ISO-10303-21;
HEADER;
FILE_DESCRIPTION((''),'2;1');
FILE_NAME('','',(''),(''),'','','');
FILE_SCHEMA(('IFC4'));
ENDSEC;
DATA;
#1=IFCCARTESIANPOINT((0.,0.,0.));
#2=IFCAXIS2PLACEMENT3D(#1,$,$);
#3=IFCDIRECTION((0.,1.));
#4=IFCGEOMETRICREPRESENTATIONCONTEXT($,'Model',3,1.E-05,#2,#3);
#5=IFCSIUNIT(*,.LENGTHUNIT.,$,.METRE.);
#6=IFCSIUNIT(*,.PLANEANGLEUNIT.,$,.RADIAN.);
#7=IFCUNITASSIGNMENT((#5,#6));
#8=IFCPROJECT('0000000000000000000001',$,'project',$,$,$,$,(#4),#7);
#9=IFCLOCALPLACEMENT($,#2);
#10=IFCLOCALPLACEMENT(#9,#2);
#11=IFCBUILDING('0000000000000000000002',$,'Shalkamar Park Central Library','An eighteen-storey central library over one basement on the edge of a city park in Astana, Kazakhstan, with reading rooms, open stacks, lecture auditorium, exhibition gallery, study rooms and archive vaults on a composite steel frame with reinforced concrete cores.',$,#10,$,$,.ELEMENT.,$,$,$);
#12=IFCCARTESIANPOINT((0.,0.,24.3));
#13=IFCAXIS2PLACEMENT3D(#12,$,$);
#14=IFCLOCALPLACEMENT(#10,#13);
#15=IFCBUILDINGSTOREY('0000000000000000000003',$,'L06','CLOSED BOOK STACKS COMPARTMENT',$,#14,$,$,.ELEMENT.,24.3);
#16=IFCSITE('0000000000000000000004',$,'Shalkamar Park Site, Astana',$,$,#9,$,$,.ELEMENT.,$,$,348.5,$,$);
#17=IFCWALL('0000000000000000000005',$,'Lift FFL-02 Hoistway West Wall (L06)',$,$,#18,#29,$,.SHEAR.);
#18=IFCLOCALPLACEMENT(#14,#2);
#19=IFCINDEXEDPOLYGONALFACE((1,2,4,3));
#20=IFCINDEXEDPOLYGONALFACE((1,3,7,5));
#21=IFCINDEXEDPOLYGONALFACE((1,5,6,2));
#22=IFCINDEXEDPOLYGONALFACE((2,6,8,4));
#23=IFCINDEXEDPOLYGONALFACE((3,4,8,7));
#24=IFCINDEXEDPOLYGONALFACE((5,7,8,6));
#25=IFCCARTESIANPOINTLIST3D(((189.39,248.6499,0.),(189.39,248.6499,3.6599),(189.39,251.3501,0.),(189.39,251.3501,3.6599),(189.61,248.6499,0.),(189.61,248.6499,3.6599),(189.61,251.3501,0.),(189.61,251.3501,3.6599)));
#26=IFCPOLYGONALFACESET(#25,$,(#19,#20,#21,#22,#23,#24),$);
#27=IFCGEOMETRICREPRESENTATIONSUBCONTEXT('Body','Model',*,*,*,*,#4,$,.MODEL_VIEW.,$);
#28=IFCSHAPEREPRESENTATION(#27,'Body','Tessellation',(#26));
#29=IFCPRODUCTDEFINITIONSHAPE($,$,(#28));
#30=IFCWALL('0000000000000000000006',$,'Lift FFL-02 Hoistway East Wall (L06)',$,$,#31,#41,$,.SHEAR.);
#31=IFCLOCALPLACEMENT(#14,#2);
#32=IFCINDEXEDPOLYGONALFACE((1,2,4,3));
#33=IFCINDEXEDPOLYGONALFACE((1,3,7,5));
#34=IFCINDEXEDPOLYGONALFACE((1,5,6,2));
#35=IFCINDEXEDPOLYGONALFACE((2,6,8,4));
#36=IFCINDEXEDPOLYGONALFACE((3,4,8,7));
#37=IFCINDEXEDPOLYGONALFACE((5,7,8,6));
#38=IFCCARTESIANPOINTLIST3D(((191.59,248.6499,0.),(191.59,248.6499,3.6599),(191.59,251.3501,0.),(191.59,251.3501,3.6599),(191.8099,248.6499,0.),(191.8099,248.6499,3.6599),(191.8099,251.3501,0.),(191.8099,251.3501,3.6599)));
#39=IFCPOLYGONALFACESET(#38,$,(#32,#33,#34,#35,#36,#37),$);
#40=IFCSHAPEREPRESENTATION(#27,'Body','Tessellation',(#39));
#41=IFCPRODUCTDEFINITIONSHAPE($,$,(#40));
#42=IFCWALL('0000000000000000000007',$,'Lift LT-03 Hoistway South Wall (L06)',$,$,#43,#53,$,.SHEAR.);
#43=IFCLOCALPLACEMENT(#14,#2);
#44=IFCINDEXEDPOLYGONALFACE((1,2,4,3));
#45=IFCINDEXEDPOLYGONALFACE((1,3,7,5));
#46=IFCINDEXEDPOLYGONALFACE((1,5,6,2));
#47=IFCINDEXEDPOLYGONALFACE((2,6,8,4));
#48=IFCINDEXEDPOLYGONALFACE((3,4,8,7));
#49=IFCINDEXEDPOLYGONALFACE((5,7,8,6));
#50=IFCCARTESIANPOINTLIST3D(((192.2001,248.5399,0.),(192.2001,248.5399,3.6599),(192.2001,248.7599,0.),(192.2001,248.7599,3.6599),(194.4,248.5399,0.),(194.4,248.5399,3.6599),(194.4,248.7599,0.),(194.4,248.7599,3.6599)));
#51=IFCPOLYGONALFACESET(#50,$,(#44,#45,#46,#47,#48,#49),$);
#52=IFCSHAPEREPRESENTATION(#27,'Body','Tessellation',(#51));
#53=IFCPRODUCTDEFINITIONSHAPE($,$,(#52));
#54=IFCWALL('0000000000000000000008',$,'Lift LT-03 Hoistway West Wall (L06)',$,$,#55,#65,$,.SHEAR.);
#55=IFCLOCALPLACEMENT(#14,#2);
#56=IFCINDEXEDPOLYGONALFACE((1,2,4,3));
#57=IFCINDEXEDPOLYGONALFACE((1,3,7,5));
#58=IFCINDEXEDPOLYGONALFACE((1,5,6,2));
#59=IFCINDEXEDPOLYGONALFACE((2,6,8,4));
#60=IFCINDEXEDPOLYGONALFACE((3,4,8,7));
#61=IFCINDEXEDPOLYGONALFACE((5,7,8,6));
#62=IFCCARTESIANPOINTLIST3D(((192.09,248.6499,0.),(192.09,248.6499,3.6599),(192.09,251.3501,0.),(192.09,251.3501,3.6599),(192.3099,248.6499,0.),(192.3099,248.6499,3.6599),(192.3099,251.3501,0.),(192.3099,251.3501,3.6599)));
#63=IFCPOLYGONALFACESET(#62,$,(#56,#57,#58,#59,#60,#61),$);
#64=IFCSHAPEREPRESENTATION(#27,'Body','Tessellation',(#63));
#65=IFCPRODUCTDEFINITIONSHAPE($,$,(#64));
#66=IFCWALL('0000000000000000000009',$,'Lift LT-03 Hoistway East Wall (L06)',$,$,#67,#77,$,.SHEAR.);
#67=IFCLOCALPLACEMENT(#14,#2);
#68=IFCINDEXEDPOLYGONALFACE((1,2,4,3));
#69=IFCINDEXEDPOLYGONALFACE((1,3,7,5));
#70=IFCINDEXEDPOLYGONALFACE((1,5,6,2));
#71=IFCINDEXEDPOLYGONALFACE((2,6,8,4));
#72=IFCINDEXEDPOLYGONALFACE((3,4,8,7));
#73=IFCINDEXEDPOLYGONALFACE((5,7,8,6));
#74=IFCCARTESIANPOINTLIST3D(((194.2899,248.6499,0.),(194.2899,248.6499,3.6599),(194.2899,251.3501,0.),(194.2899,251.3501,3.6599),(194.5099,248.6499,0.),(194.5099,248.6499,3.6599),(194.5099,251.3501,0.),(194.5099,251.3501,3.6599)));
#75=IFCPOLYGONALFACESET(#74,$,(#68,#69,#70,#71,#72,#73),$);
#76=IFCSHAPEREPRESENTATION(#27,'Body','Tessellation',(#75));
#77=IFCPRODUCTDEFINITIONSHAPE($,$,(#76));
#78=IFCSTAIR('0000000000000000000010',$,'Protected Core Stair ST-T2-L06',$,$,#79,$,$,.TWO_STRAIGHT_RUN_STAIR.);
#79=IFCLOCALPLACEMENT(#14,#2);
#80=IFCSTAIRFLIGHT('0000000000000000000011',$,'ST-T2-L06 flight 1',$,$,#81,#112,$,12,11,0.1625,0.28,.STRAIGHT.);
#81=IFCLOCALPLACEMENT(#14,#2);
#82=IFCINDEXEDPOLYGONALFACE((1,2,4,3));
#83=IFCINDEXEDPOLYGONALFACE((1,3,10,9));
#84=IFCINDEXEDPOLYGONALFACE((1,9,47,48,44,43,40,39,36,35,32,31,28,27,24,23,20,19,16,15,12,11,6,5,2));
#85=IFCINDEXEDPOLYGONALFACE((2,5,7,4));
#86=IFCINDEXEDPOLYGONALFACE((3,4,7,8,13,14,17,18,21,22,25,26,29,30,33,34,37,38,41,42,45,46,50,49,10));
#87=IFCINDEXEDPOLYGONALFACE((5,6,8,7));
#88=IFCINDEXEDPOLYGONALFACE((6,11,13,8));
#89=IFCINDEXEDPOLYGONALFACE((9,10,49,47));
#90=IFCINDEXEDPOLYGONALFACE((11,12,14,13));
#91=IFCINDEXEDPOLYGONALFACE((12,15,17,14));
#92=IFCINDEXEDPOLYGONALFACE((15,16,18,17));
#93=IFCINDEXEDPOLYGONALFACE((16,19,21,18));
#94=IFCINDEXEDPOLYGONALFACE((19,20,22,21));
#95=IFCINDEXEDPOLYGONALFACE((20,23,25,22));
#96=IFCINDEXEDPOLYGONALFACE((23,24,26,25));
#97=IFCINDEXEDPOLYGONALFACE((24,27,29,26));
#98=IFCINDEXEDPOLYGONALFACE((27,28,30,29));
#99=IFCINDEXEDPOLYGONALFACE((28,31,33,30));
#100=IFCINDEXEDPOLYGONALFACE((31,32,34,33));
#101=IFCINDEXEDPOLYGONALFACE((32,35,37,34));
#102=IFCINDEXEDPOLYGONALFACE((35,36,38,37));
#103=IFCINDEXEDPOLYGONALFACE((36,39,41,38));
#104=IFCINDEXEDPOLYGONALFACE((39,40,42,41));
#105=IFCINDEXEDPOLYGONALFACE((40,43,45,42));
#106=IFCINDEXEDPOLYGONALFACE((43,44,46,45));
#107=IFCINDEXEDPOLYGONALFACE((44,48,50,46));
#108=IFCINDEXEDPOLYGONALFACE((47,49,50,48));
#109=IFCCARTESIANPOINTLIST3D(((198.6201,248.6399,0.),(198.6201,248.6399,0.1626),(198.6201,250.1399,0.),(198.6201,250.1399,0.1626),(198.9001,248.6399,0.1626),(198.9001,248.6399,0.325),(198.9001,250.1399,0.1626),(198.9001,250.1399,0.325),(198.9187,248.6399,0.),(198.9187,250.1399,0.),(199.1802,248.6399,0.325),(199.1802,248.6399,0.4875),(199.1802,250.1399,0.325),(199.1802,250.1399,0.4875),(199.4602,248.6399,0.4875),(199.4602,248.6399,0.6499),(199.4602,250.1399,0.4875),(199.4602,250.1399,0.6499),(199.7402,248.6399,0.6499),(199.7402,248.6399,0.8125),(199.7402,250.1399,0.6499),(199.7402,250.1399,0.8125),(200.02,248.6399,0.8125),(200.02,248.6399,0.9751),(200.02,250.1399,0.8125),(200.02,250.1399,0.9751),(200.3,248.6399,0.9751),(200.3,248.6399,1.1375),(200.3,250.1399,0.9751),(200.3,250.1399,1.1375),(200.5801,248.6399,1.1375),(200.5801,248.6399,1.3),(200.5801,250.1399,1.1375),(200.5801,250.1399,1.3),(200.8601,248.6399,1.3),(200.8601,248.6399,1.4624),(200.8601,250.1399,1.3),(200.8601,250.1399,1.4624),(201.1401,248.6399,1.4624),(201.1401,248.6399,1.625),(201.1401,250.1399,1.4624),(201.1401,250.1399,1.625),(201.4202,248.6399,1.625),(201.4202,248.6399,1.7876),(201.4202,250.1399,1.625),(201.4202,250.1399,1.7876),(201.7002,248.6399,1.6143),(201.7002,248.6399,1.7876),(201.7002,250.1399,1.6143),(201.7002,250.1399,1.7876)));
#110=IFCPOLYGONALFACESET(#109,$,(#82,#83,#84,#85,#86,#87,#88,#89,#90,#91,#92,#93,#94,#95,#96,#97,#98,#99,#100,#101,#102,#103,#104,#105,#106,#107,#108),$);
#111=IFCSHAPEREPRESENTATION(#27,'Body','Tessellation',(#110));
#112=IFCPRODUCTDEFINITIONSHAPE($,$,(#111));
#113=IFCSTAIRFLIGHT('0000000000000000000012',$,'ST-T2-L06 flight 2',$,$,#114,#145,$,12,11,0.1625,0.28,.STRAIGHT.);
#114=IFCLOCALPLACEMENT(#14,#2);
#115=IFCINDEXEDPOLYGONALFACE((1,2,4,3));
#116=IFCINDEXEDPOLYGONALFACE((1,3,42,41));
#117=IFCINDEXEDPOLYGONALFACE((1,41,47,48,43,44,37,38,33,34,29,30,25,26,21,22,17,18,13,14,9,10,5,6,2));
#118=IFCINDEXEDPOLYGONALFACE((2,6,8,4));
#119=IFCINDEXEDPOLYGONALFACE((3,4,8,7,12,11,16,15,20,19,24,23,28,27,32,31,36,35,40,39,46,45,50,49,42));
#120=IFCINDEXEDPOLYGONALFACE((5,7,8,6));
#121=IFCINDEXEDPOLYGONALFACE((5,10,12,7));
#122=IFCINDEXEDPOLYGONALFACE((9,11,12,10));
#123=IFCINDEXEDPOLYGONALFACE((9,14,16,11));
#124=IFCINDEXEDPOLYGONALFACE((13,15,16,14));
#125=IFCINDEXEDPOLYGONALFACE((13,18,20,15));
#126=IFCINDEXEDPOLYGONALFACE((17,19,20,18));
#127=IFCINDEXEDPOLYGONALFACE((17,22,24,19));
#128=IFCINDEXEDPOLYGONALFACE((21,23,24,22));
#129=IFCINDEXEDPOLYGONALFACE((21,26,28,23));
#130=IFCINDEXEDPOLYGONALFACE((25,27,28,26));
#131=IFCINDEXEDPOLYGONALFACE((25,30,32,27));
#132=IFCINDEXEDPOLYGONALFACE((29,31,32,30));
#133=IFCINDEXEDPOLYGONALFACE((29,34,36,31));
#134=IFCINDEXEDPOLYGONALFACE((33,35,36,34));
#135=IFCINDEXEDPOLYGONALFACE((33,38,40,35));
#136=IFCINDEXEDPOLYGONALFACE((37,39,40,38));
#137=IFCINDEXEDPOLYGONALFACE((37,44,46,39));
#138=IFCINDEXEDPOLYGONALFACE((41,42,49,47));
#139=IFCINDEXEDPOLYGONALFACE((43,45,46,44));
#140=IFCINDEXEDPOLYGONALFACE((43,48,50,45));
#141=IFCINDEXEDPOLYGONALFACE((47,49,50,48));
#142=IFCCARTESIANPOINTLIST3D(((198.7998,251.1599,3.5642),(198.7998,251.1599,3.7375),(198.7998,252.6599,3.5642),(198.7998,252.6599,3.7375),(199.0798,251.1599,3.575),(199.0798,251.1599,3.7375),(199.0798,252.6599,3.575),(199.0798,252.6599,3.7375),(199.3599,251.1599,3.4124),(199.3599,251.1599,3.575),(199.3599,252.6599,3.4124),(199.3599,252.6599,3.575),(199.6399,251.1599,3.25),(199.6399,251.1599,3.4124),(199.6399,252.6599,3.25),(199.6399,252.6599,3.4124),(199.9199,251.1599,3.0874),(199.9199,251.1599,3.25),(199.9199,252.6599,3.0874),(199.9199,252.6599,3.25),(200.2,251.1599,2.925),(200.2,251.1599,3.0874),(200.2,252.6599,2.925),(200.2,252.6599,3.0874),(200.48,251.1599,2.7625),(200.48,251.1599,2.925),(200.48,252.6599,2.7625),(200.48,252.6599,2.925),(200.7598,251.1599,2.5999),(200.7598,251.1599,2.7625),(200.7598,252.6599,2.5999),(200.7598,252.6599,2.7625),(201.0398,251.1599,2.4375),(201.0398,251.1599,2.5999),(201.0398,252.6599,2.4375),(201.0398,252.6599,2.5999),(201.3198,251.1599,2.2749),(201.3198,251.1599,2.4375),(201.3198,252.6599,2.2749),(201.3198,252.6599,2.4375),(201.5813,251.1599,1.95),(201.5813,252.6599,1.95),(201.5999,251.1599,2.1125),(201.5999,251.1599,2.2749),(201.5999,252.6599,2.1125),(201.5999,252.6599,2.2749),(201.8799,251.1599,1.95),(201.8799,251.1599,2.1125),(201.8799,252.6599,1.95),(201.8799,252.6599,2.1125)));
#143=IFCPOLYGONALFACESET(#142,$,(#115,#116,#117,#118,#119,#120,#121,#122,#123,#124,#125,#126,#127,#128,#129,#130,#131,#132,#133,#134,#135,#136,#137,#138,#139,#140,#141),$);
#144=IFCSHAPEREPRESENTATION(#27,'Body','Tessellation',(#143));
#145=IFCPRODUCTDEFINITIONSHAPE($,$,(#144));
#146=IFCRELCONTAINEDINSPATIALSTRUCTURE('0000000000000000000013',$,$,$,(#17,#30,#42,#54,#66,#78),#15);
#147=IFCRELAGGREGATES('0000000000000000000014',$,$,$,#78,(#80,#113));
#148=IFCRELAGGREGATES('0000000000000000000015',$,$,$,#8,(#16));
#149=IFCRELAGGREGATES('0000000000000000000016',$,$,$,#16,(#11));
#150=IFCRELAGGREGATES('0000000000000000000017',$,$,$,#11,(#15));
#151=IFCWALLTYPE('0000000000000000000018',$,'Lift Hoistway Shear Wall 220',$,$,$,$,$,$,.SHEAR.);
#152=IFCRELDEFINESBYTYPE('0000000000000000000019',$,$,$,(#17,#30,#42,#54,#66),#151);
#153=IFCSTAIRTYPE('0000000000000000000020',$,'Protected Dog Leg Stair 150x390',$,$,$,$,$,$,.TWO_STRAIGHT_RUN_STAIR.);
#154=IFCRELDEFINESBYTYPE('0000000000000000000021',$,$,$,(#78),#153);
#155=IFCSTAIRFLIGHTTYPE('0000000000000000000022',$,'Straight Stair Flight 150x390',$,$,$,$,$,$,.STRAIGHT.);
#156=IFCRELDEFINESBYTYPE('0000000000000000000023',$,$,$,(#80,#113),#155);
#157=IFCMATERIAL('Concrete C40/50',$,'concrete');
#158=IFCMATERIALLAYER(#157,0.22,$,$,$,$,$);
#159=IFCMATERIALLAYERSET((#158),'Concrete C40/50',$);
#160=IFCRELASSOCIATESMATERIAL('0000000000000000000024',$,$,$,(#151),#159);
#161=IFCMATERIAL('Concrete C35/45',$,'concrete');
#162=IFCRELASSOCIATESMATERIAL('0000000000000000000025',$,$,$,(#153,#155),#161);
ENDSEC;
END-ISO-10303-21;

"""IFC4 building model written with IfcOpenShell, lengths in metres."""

from ifc_helpers import new_model, si_unit, direction, frame, frame_2d, origin, place, context, subcontext, project, spatial, polyline, rectangle, outline, extrude, material, layer, layer_set, type_object, element, aggregate, save


model = new_model("IFC4")

# Units and contexts
model_context = context("Model", 3, precision=1e-05, world=origin(), true_north=direction((0.0, 1.0)))
body_context = subcontext(model_context, "Body", "Model", "MODEL_VIEW")
ifc_project = project(units=[si_unit("LENGTHUNIT", "METRE"), si_unit("PLANEANGLEUNIT", "RADIAN")], contexts=[model_context])

# Site, building, storey
site_placement = place(None, origin())
site = spatial("IfcSite", under=ifc_project, at=site_placement, Name="Shalkamar Park Site, Astana", CompositionType="ELEMENT", RefElevation=348.5)
building_placement = place(site_placement, origin())
building = spatial("IfcBuilding", under=site, at=building_placement, Name="Shalkamar Park Central Library", Description="An eighteen-storey central library over one basement on the edge of a city park in Astana, Kazakhstan, with reading rooms, open stacks, lecture auditorium, exhibition gallery, study rooms and archive vaults on a composite steel frame with reinforced concrete cores.", CompositionType="ELEMENT")
storey_placement = place(building_placement, frame((0.0, 0.0, 24.3)))
storey = spatial("IfcBuildingStorey", under=building, at=storey_placement, Name="L06", Description="CLOSED BOOK STACKS COMPARTMENT", CompositionType="ELEMENT", Elevation=24.3)

# Walls
ifc_material_1 = material(Name="Concrete C40/50", Category="concrete")
ifc_layer_1 = layer(ifc_material_1, 0.22)
ifc_layer_set_1 = layer_set([ifc_layer_1], Name="Concrete C40/50")
wall_type_1 = type_object("IfcWallType", Name="Lift Hoistway Shear Wall 220", PredefinedType="SHEAR", material=ifc_layer_set_1)
for number, where, z_axis, x_axis, name in (
    (1, (189.5, 248.6499, 0.0), (0.0, 0.0, 1.0), (0.0, 1.0, 0.0), "Lift FFL-02 Hoistway West Wall (L06)"),
    (2, (191.7, 248.6499, 0.0), (0.0, 0.0, 1.0), (0.0, 1.0, 0.0), "Lift FFL-02 Hoistway East Wall (L06)"),
):
    element("IfcWall", number, at=place(storey_placement, frame(where, z_axis=z_axis, x_axis=x_axis)), inside=storey, type_object=wall_type_1, Name=name, PredefinedType="SHEAR", context=body_context, shape_type="SweptSolid", body=[
        extrude(rectangle(XDim=2.7002, YDim=0.22, at=frame_2d((1.3501, 0.0))), origin(), (0.0, 0.0, 1.0), 3.6599),
    ])

# Walls
wall_1_placement = place(storey_placement, frame((192.2, 248.6499, 0.0), z_axis=(0.0, 0.0, 1.0), x_axis=(1.0, 0.0, 0.0)))
element("IfcWall", 3, at=wall_1_placement, inside=storey, type_object=wall_type_1, Name="Lift LT-03 Hoistway South Wall (L06)", PredefinedType="SHEAR", context=body_context, shape_type="SweptSolid", body=[
    extrude(rectangle(XDim=2.2, YDim=0.22, at=frame_2d((1.1001, 0.0))), origin(), (0.0, 0.0, 1.0), 3.6599),
])
for number, where, z_axis, x_axis, name in (
    (4, (192.2, 248.6499, 0.0), (0.0, 0.0, 1.0), (0.0, 1.0, 0.0), "Lift LT-03 Hoistway West Wall (L06)"),
    (5, (194.3999, 248.6499, 0.0), (0.0, 0.0, 1.0), (0.0, 1.0, 0.0), "Lift LT-03 Hoistway East Wall (L06)"),
):
    element("IfcWall", number, at=place(storey_placement, frame(where, z_axis=z_axis, x_axis=x_axis)), inside=storey, type_object=wall_type_1, Name=name, PredefinedType="SHEAR", context=body_context, shape_type="SweptSolid", body=[
        extrude(rectangle(XDim=2.7002, YDim=0.22, at=frame_2d((1.3501, 0.0))), origin(), (0.0, 0.0, 1.0), 3.6599),
    ])

# Stair, stair flights
ifc_material_2 = material(Name="Concrete C35/45", Category="concrete")
stair_type = type_object("IfcStairType", Name="Protected Dog Leg Stair 150x390", PredefinedType="TWO_STRAIGHT_RUN_STAIR", material=ifc_material_2)
stair_placement = place(storey_placement, origin())
stair = element("IfcStair", 6, at=stair_placement, inside=storey, type_object=stair_type, Name="Protected Core Stair ST-T2-L06", PredefinedType="TWO_STRAIGHT_RUN_STAIR")
stair_flight_type = type_object("IfcStairFlightType", Name="Straight Stair Flight 150x390", PredefinedType="STRAIGHT", material=ifc_material_2)
stair_flight_1_placement = place(storey_placement, frame((198.6201, 249.3899, 0.0), z_axis=(0.0, 0.0, 1.0), x_axis=(1.0, 0.0, 0.0)))
stair_flight_1 = element("IfcStairFlight", 7, at=stair_flight_1_placement, type_object=stair_flight_type, Name="ST-T2-L06 flight 1", NumberOfRisers=12, NumberOfTreads=11, PredefinedType="STRAIGHT", RiserHeight=0.1625, TreadLength=0.28, context=body_context, shape_type="SweptSolid", body=[
    extrude(outline(polyline([(0.0, 0.0), (0.0, 0.1626), (0.28, 0.1626), (0.28, 0.325), (0.5601, 0.325), (0.5601, 0.4875), (0.8401, 0.4875), (0.8401, 0.6499), (1.1201, 0.6499), (1.1201, 0.8125), (1.3999, 0.8125), (1.3999, 0.9751), (1.6799, 0.9751), (1.6799, 1.1375), (1.96, 1.1375), (1.96, 1.3), (2.24, 1.3), (2.24, 1.4624), (2.52, 1.4624), (2.52, 1.625), (2.8, 1.625), (2.8, 1.7876), (3.0801, 1.7876), (3.0801, 1.95), (3.0801, 1.6143), (0.2986, 0.0), (0.0, 0.0)])), frame((0.0, 0.75, 0.0), z_axis=(0.0, -1.0, 0.0), x_axis=(1.0, 0.0, 0.0)), (0.0, 0.0, 1.0), 1.5),
])
stair_flight_2_placement = place(storey_placement, frame((201.8799, 251.9099, 1.95), z_axis=(0.0, 0.0, 1.0), x_axis=(-1.0, 0.0, 0.0)))
stair_flight_2 = element("IfcStairFlight", 8, at=stair_flight_2_placement, type_object=stair_flight_type, Name="ST-T2-L06 flight 2", NumberOfRisers=12, NumberOfTreads=11, PredefinedType="STRAIGHT", RiserHeight=0.1625, TreadLength=0.28, context=body_context, shape_type="SweptSolid", body=[
    extrude(outline(polyline([(0.0, 0.0), (0.0, 0.1626), (0.28, 0.1626), (0.28, 0.325), (0.5601, 0.325), (0.5601, 0.4875), (0.8401, 0.4875), (0.8401, 0.6499), (1.1201, 0.6499), (1.1201, 0.8125), (1.3999, 0.8125), (1.3999, 0.9751), (1.6799, 0.9751), (1.6799, 1.1375), (1.96, 1.1375), (1.96, 1.3), (2.24, 1.3), (2.24, 1.4624), (2.52, 1.4624), (2.52, 1.625), (2.8, 1.625), (2.8, 1.7876), (3.0801, 1.7876), (3.0801, 1.95), (3.0801, 1.6143), (0.2986, 0.0), (0.0, 0.0)])), frame((0.0, 0.75, 0.0), z_axis=(0.0, -1.0, 0.0), x_axis=(1.0, 0.0, 0.0)), (0.0, 0.0, 1.0), 1.5),
])
aggregate(stair, [stair_flight_1, stair_flight_2])

save(model, "model.ifc")
